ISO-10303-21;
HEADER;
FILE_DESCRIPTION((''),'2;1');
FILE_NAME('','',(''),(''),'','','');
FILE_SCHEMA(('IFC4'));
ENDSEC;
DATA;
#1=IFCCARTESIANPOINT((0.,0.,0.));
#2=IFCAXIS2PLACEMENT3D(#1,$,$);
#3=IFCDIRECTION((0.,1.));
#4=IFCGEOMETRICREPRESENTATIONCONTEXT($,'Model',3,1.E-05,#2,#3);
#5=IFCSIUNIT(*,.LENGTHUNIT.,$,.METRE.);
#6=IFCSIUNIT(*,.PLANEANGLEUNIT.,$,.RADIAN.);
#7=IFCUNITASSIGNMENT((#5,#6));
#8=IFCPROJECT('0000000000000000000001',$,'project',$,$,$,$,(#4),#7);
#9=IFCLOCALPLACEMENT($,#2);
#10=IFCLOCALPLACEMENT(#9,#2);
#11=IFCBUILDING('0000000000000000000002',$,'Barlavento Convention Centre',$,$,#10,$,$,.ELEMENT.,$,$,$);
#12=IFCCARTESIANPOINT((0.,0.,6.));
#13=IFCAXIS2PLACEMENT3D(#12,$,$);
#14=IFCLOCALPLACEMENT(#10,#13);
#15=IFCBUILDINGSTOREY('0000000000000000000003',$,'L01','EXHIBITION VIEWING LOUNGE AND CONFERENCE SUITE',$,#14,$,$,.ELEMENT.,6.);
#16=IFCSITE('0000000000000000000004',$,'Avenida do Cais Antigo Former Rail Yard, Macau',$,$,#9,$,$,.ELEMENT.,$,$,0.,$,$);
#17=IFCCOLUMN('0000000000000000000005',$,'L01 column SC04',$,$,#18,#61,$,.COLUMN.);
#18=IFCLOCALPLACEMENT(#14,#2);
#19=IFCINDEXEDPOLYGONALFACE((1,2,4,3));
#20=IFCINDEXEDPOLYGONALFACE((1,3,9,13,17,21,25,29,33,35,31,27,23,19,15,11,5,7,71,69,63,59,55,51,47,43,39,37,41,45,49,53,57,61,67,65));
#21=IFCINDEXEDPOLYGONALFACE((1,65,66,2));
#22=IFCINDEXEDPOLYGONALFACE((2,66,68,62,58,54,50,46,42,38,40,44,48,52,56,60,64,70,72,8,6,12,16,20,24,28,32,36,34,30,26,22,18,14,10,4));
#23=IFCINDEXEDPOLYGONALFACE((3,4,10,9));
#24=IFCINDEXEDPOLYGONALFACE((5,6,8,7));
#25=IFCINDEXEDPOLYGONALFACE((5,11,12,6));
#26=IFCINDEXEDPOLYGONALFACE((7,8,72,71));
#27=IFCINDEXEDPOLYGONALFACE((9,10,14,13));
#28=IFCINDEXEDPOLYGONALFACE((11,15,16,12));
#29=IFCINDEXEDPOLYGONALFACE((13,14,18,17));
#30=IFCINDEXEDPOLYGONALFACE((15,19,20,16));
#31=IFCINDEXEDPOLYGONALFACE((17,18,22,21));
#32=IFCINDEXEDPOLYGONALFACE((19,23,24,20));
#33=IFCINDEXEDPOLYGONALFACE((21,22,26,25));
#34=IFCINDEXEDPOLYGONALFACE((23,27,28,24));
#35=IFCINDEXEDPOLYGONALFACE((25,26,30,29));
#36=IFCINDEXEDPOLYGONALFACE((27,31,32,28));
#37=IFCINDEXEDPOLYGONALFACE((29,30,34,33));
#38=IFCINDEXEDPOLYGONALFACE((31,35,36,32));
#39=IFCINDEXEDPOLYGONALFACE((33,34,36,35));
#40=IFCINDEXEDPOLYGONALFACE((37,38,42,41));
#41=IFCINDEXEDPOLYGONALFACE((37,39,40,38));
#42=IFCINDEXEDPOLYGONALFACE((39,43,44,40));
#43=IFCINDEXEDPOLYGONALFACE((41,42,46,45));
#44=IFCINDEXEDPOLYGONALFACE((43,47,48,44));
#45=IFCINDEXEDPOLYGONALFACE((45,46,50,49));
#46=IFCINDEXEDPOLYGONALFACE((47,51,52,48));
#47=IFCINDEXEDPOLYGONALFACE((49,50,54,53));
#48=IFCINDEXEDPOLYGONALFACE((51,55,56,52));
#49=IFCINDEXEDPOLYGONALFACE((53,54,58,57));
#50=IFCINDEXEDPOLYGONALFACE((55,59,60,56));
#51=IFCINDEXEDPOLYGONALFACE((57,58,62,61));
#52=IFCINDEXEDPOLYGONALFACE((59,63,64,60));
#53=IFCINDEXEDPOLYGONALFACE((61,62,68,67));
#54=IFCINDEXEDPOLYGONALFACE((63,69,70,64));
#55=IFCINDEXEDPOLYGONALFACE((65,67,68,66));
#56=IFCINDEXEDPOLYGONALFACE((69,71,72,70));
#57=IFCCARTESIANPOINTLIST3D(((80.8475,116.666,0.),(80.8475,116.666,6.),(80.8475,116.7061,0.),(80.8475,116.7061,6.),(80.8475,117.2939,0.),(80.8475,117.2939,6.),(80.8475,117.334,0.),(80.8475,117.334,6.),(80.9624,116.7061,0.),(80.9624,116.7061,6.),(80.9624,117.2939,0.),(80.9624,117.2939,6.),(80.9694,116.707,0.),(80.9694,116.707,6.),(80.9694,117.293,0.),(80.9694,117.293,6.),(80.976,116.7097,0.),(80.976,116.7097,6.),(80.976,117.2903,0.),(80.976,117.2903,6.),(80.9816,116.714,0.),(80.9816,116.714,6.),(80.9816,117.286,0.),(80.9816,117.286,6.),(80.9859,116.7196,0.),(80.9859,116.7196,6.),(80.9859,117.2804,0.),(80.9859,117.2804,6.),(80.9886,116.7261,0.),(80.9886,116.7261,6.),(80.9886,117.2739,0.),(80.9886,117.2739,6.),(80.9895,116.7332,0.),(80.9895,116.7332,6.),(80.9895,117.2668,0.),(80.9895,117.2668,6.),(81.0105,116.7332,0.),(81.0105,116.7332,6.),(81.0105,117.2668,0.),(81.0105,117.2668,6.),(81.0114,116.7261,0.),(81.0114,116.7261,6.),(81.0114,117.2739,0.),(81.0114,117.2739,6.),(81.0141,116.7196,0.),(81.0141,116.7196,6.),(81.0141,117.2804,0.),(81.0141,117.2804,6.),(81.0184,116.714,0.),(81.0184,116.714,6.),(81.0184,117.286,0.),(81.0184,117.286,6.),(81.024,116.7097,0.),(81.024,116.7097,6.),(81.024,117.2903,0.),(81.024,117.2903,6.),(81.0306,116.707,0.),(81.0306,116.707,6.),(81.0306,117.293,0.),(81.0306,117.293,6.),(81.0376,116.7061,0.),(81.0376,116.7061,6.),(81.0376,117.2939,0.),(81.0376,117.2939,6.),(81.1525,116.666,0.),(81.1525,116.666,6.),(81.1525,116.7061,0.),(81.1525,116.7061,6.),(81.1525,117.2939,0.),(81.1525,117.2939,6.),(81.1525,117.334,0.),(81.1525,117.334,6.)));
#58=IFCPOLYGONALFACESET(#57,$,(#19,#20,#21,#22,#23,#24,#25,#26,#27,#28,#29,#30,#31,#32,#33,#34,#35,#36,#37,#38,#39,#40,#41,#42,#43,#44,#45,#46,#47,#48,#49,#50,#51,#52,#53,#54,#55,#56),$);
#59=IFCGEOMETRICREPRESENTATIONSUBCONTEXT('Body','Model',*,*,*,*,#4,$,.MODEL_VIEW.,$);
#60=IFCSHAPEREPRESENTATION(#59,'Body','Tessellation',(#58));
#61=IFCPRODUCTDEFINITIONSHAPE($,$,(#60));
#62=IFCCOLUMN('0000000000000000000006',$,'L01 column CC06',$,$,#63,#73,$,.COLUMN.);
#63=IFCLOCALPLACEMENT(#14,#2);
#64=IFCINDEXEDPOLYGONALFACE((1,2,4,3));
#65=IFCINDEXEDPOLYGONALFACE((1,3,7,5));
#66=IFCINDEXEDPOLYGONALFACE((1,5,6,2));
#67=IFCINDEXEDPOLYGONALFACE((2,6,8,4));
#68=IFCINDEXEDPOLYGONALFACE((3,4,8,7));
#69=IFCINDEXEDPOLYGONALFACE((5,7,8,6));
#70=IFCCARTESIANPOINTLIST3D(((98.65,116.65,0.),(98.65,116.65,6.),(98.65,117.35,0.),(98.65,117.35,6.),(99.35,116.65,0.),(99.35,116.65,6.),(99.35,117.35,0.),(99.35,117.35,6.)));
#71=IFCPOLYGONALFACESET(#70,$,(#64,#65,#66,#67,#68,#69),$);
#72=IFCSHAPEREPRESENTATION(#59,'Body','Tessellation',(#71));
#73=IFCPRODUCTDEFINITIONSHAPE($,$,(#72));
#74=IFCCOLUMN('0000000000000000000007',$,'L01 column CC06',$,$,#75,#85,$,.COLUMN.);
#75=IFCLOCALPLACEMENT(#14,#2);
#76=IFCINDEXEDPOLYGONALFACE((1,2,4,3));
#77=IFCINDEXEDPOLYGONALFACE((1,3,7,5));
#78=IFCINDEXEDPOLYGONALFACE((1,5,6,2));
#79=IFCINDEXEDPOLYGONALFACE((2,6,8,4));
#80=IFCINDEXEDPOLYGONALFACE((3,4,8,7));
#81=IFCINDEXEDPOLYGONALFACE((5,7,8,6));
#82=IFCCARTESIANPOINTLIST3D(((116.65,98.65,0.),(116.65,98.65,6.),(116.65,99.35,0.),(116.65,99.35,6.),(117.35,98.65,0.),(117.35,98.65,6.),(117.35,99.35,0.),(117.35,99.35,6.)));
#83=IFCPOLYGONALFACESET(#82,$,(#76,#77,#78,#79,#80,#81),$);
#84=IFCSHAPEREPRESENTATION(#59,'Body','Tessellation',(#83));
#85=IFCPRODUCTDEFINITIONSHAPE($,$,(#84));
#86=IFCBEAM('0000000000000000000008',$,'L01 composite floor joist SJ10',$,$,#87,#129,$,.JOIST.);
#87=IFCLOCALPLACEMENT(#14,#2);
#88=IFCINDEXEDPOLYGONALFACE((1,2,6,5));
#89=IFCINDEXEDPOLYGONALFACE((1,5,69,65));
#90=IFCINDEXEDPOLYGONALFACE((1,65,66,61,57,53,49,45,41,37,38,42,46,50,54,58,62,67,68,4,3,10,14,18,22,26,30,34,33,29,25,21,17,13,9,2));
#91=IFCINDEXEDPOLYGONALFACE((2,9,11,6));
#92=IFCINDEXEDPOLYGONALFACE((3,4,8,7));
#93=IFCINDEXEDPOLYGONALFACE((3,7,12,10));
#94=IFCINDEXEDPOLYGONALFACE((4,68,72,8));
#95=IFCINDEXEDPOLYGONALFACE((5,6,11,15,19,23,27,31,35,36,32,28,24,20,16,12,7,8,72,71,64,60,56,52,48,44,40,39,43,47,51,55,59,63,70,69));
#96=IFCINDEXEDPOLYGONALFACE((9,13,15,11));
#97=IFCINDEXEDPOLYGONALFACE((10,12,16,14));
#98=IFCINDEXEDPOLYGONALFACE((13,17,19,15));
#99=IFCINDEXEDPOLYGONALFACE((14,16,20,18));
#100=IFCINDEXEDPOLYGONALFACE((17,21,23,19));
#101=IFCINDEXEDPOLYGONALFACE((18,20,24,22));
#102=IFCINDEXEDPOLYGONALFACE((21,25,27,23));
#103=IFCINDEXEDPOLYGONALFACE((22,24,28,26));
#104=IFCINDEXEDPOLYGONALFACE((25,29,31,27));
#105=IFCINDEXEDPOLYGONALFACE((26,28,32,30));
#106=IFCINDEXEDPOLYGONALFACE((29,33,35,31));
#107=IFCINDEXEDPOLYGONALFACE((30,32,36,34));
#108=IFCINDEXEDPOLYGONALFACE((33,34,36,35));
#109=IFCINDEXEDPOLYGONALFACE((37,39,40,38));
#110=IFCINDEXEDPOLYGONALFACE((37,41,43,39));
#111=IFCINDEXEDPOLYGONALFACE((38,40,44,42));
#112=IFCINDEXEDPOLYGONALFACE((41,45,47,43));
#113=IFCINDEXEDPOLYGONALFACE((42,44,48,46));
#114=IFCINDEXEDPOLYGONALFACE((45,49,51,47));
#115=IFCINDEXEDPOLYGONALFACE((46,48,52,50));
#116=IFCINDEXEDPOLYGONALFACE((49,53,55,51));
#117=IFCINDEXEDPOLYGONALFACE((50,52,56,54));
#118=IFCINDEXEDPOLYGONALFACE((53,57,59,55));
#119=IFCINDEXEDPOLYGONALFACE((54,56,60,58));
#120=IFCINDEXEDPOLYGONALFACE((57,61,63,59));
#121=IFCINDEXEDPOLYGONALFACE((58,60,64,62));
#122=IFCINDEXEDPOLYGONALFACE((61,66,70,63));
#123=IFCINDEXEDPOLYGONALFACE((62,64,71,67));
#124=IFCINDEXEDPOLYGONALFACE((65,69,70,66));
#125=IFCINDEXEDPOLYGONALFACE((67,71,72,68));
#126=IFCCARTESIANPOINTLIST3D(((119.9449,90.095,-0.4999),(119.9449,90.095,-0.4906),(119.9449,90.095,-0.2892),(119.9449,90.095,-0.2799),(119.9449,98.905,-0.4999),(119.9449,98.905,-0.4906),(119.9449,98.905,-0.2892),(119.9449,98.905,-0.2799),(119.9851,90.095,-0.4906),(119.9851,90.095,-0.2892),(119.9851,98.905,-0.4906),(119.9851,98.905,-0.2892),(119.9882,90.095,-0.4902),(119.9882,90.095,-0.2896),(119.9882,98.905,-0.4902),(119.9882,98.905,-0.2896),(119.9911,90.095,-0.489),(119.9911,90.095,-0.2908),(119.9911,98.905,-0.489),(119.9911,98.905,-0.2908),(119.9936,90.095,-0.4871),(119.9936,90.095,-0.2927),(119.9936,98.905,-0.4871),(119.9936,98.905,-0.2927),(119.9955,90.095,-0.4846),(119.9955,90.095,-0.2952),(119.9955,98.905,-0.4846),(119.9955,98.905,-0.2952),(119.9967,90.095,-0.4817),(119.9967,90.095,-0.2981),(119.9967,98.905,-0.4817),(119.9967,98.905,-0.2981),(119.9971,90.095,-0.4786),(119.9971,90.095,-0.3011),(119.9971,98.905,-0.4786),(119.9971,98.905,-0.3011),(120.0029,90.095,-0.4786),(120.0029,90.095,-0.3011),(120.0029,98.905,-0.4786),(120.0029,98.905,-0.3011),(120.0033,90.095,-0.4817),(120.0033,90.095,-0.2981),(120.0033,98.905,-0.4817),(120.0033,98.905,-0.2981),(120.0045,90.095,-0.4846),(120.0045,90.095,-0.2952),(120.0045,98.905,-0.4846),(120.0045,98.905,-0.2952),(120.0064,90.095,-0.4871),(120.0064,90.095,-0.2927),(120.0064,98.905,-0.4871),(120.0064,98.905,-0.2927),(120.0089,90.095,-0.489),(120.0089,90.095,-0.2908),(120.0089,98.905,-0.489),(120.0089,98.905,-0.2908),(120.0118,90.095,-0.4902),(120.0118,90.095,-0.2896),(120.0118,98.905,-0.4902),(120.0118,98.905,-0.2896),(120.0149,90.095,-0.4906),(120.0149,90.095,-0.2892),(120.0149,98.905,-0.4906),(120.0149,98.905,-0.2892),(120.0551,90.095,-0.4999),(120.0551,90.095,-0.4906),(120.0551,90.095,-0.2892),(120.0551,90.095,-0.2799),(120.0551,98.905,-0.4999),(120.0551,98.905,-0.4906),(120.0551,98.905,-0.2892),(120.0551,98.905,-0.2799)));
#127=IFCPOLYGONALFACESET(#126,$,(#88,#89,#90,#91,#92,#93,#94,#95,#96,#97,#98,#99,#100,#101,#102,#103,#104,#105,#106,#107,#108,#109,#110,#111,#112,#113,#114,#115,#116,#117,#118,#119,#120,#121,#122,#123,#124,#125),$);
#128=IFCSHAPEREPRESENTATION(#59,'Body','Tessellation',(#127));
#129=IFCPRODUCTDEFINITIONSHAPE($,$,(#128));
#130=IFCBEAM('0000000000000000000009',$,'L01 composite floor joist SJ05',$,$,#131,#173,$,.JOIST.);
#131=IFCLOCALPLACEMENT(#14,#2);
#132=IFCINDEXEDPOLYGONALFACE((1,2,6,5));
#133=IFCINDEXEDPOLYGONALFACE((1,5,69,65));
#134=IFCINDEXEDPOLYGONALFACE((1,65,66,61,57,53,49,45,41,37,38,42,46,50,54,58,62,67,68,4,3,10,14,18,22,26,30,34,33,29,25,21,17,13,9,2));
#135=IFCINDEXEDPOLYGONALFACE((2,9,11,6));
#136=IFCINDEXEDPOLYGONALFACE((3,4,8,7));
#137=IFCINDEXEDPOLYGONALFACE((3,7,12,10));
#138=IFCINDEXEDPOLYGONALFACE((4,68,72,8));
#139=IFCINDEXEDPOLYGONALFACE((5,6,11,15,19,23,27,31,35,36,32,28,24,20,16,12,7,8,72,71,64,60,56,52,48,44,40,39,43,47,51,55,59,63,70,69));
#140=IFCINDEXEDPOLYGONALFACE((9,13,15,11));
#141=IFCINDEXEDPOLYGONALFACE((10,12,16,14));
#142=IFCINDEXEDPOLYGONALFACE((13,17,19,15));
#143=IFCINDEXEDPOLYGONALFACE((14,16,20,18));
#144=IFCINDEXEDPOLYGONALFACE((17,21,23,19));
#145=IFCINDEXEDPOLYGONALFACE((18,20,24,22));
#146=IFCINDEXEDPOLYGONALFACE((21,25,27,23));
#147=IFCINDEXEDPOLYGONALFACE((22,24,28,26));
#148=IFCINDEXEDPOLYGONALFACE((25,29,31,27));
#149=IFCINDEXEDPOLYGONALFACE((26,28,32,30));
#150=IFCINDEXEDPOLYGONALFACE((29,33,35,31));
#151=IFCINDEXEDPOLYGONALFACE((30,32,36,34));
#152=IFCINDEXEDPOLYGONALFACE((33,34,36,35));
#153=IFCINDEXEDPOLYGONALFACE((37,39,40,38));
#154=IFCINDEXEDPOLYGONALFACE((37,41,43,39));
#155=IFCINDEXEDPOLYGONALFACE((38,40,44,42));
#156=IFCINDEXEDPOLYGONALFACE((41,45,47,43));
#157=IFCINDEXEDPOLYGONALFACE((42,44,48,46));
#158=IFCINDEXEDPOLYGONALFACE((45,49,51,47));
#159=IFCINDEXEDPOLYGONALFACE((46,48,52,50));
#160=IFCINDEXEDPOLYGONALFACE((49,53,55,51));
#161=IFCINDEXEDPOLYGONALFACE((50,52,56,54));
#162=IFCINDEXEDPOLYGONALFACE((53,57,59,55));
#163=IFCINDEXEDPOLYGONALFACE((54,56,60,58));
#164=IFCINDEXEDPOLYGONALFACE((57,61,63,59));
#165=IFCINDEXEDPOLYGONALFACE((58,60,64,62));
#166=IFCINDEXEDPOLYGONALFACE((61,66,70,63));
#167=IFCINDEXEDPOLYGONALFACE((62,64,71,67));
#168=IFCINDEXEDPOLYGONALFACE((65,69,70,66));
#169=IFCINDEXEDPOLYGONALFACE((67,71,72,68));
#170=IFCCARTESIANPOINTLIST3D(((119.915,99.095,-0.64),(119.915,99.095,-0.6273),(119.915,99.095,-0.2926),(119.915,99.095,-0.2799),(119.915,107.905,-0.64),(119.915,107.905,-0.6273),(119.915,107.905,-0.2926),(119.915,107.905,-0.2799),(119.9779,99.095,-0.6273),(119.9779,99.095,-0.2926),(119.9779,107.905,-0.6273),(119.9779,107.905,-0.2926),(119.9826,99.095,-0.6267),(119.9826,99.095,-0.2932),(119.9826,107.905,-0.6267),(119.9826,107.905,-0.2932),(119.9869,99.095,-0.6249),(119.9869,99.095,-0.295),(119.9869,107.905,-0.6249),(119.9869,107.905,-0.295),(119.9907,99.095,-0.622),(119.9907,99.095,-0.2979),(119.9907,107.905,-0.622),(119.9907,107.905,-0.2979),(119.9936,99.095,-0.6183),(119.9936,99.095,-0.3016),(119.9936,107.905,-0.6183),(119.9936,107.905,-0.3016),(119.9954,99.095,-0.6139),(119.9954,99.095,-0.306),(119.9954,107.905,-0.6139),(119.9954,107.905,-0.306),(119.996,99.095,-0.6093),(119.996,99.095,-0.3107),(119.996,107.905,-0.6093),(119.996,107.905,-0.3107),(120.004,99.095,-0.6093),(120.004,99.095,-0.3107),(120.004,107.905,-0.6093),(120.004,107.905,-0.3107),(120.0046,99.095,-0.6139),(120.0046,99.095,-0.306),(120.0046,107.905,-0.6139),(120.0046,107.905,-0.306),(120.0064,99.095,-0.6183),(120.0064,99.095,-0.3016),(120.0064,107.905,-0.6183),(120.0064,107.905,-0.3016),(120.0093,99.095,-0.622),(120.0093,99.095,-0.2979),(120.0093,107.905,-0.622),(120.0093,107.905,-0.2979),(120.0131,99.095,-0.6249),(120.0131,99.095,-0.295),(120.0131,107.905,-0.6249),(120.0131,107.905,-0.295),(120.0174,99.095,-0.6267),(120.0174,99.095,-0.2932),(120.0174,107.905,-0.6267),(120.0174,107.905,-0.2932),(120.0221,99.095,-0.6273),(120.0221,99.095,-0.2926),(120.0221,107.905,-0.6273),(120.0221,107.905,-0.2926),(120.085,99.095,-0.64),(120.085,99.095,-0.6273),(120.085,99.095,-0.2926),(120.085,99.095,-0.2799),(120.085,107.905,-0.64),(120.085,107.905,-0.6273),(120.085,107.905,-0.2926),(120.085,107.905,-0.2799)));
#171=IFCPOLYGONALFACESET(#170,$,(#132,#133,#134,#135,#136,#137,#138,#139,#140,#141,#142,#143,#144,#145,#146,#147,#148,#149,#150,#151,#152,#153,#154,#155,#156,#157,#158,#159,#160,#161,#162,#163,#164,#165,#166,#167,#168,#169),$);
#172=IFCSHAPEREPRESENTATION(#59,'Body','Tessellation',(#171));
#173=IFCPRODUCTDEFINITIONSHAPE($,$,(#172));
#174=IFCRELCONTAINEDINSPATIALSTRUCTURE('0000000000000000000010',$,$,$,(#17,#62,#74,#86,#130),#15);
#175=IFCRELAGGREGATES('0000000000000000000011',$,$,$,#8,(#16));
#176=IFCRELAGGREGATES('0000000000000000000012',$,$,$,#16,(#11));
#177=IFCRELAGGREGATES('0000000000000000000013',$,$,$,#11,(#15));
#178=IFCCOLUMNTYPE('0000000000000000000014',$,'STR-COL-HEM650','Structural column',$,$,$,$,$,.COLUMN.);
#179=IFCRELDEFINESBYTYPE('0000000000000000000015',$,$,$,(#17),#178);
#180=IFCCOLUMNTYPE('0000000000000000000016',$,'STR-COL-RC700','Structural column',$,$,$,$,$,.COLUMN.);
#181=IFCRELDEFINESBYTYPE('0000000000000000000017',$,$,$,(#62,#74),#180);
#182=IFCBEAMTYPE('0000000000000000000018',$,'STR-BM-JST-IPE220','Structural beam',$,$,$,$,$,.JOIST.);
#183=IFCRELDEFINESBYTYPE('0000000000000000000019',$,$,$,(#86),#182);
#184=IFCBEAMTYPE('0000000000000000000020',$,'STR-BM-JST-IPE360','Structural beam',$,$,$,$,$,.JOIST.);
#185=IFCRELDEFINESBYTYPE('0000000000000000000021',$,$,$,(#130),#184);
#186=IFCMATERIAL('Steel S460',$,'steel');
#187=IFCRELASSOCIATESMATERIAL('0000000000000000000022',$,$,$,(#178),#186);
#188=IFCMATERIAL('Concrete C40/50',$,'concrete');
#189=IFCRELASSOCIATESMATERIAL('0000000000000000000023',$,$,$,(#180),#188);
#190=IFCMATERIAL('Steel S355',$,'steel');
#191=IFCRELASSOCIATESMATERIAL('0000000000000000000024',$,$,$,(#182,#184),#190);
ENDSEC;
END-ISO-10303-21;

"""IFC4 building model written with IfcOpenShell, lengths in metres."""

from ifc_helpers import new_model, si_unit, direction, frame, origin, origin_2d, place, context, subcontext, project, spatial, rectangle, i_section, extrude, material, material_profile, profile_set, type_object, element, save


model = new_model("IFC4")

# Units and contexts
model_context = context("Model", 3, precision=1e-05, world=origin(), true_north=direction((0.0, 1.0)))
body_context = subcontext(model_context, "Body", "Model", "MODEL_VIEW")
ifc_project = project(units=[si_unit("LENGTHUNIT", "METRE"), si_unit("PLANEANGLEUNIT", "RADIAN")], contexts=[model_context])

# Site, building, storey
site_placement = place(None, origin())
site = spatial("IfcSite", under=ifc_project, at=site_placement, Name="Avenida do Cais Antigo Former Rail Yard, Macau", CompositionType="ELEMENT", RefElevation=0.0)
building_placement = place(site_placement, origin())
building = spatial("IfcBuilding", under=site, at=building_placement, Name="Barlavento Convention Centre", CompositionType="ELEMENT")
storey_placement = place(building_placement, frame((0.0, 0.0, 6.0)))
storey = spatial("IfcBuildingStorey", under=building, at=storey_placement, Name="L01", Description="EXHIBITION VIEWING LOUNGE AND CONFERENCE SUITE", CompositionType="ELEMENT", Elevation=6.0)

# Columns
ifc_material_1 = material(Name="Steel S355", Category="steel")
ifc_material_2 = material(Name="Steel S460", Category="steel")
ifc_material_profile_1 = material_profile(ifc_material_2, i_section(OverallWidth=0.3049, OverallDepth=0.668, WebThickness=0.021, FlangeThickness=0.04, FilletRadius=0.0271, at=origin_2d()), Name="HEM 650")
ifc_profile_set_1 = profile_set([ifc_material_profile_1], Name="Steel S460")
column_type_1 = type_object("IfcColumnType", Name="STR-COL-HEM650", Description="Structural column", PredefinedType="COLUMN", material=ifc_profile_set_1)
column_1_placement = place(storey_placement, frame((81.0, 117.0, 0.0), z_axis=(0.0, 0.0, 1.0), x_axis=(1.0, 0.0, 0.0)))
element("IfcColumn", 1, at=column_1_placement, inside=storey, type_object=column_type_1, Name="L01 column SC04", PredefinedType="COLUMN", context=body_context, shape_type="SweptSolid", body=[
    extrude(i_section(OverallWidth=0.3049, OverallDepth=0.668, WebThickness=0.021, FlangeThickness=0.04, FilletRadius=0.0271, at=origin_2d()), origin(), (0.0, 0.0, 1.0), 6.0),
])
ifc_material_3 = material(Name="Concrete C40/50", Category="concrete")
ifc_material_profile_2 = material_profile(ifc_material_3, rectangle(XDim=0.7, YDim=0.7, at=origin_2d()), Name="RC 700x700")
ifc_profile_set_2 = profile_set([ifc_material_profile_2], Name="Concrete C40/50")
column_type_2 = type_object("IfcColumnType", Name="STR-COL-RC700", Description="Structural column", PredefinedType="COLUMN", material=ifc_profile_set_2)
for number, where, z_axis, x_axis, name in (
    (2, (99.0, 117.0, 0.0), (0.0, 0.0, 1.0), (1.0, 0.0, 0.0), "L01 column CC06"),
    (3, (117.0, 99.0, 0.0), (0.0, 0.0, 1.0), (1.0, 0.0, 0.0), "L01 column CC06"),
):
    element("IfcColumn", number, at=place(storey_placement, frame(where, z_axis=z_axis, x_axis=x_axis)), inside=storey, type_object=column_type_2, Name=name, PredefinedType="COLUMN", context=body_context, shape_type="SweptSolid", body=[
        extrude(rectangle(XDim=0.7, YDim=0.7, at=origin_2d()), origin(), (0.0, 0.0, 1.0), 6.0),
    ])

# Beams
ifc_material_profile_3 = material_profile(ifc_material_1, i_section(OverallWidth=0.1101, OverallDepth=0.22, WebThickness=0.0059, FlangeThickness=0.0093, FilletRadius=0.012, at=origin_2d()), Name="IPE 220")
ifc_profile_set_3 = profile_set([ifc_material_profile_3], Name="Steel S355")
beam_type_1 = type_object("IfcBeamType", Name="STR-BM-JST-IPE220", Description="Structural beam", PredefinedType="JOIST", material=ifc_profile_set_3)
beam_1_placement = place(storey_placement, frame((120.0, 90.095, -0.3899), z_axis=(0.0, 1.0, 0.0), x_axis=(-1.0, 0.0, 0.0)))
element("IfcBeam", 4, at=beam_1_placement, inside=storey, type_object=beam_type_1, Name="L01 composite floor joist SJ10", PredefinedType="JOIST", context=body_context, shape_type="SweptSolid", body=[
    extrude(i_section(OverallWidth=0.1101, OverallDepth=0.22, WebThickness=0.0059, FlangeThickness=0.0093, FilletRadius=0.012, at=origin_2d()), origin(), (0.0, 0.0, 1.0), 8.8101),
])
ifc_material_profile_4 = material_profile(ifc_material_1, i_section(OverallWidth=0.1699, OverallDepth=0.3601, WebThickness=0.0081, FlangeThickness=0.0127, FilletRadius=0.0181, at=origin_2d()), Name="IPE 360")
ifc_profile_set_4 = profile_set([ifc_material_profile_4], Name="Steel S355")
beam_type_2 = type_object("IfcBeamType", Name="STR-BM-JST-IPE360", Description="Structural beam", PredefinedType="JOIST", material=ifc_profile_set_4)
beam_2_placement = place(storey_placement, frame((120.0, 99.095, -0.46), z_axis=(0.0, 1.0, 0.0), x_axis=(-1.0, 0.0, 0.0)))
element("IfcBeam", 5, at=beam_2_placement, inside=storey, type_object=beam_type_2, Name="L01 composite floor joist SJ05", PredefinedType="JOIST", context=body_context, shape_type="SweptSolid", body=[
    extrude(i_section(OverallWidth=0.1699, OverallDepth=0.3601, WebThickness=0.0081, FlangeThickness=0.0127, FilletRadius=0.0181, at=origin_2d()), origin(), (0.0, 0.0, 1.0), 8.8101),
])

save(model, "model.ifc")
